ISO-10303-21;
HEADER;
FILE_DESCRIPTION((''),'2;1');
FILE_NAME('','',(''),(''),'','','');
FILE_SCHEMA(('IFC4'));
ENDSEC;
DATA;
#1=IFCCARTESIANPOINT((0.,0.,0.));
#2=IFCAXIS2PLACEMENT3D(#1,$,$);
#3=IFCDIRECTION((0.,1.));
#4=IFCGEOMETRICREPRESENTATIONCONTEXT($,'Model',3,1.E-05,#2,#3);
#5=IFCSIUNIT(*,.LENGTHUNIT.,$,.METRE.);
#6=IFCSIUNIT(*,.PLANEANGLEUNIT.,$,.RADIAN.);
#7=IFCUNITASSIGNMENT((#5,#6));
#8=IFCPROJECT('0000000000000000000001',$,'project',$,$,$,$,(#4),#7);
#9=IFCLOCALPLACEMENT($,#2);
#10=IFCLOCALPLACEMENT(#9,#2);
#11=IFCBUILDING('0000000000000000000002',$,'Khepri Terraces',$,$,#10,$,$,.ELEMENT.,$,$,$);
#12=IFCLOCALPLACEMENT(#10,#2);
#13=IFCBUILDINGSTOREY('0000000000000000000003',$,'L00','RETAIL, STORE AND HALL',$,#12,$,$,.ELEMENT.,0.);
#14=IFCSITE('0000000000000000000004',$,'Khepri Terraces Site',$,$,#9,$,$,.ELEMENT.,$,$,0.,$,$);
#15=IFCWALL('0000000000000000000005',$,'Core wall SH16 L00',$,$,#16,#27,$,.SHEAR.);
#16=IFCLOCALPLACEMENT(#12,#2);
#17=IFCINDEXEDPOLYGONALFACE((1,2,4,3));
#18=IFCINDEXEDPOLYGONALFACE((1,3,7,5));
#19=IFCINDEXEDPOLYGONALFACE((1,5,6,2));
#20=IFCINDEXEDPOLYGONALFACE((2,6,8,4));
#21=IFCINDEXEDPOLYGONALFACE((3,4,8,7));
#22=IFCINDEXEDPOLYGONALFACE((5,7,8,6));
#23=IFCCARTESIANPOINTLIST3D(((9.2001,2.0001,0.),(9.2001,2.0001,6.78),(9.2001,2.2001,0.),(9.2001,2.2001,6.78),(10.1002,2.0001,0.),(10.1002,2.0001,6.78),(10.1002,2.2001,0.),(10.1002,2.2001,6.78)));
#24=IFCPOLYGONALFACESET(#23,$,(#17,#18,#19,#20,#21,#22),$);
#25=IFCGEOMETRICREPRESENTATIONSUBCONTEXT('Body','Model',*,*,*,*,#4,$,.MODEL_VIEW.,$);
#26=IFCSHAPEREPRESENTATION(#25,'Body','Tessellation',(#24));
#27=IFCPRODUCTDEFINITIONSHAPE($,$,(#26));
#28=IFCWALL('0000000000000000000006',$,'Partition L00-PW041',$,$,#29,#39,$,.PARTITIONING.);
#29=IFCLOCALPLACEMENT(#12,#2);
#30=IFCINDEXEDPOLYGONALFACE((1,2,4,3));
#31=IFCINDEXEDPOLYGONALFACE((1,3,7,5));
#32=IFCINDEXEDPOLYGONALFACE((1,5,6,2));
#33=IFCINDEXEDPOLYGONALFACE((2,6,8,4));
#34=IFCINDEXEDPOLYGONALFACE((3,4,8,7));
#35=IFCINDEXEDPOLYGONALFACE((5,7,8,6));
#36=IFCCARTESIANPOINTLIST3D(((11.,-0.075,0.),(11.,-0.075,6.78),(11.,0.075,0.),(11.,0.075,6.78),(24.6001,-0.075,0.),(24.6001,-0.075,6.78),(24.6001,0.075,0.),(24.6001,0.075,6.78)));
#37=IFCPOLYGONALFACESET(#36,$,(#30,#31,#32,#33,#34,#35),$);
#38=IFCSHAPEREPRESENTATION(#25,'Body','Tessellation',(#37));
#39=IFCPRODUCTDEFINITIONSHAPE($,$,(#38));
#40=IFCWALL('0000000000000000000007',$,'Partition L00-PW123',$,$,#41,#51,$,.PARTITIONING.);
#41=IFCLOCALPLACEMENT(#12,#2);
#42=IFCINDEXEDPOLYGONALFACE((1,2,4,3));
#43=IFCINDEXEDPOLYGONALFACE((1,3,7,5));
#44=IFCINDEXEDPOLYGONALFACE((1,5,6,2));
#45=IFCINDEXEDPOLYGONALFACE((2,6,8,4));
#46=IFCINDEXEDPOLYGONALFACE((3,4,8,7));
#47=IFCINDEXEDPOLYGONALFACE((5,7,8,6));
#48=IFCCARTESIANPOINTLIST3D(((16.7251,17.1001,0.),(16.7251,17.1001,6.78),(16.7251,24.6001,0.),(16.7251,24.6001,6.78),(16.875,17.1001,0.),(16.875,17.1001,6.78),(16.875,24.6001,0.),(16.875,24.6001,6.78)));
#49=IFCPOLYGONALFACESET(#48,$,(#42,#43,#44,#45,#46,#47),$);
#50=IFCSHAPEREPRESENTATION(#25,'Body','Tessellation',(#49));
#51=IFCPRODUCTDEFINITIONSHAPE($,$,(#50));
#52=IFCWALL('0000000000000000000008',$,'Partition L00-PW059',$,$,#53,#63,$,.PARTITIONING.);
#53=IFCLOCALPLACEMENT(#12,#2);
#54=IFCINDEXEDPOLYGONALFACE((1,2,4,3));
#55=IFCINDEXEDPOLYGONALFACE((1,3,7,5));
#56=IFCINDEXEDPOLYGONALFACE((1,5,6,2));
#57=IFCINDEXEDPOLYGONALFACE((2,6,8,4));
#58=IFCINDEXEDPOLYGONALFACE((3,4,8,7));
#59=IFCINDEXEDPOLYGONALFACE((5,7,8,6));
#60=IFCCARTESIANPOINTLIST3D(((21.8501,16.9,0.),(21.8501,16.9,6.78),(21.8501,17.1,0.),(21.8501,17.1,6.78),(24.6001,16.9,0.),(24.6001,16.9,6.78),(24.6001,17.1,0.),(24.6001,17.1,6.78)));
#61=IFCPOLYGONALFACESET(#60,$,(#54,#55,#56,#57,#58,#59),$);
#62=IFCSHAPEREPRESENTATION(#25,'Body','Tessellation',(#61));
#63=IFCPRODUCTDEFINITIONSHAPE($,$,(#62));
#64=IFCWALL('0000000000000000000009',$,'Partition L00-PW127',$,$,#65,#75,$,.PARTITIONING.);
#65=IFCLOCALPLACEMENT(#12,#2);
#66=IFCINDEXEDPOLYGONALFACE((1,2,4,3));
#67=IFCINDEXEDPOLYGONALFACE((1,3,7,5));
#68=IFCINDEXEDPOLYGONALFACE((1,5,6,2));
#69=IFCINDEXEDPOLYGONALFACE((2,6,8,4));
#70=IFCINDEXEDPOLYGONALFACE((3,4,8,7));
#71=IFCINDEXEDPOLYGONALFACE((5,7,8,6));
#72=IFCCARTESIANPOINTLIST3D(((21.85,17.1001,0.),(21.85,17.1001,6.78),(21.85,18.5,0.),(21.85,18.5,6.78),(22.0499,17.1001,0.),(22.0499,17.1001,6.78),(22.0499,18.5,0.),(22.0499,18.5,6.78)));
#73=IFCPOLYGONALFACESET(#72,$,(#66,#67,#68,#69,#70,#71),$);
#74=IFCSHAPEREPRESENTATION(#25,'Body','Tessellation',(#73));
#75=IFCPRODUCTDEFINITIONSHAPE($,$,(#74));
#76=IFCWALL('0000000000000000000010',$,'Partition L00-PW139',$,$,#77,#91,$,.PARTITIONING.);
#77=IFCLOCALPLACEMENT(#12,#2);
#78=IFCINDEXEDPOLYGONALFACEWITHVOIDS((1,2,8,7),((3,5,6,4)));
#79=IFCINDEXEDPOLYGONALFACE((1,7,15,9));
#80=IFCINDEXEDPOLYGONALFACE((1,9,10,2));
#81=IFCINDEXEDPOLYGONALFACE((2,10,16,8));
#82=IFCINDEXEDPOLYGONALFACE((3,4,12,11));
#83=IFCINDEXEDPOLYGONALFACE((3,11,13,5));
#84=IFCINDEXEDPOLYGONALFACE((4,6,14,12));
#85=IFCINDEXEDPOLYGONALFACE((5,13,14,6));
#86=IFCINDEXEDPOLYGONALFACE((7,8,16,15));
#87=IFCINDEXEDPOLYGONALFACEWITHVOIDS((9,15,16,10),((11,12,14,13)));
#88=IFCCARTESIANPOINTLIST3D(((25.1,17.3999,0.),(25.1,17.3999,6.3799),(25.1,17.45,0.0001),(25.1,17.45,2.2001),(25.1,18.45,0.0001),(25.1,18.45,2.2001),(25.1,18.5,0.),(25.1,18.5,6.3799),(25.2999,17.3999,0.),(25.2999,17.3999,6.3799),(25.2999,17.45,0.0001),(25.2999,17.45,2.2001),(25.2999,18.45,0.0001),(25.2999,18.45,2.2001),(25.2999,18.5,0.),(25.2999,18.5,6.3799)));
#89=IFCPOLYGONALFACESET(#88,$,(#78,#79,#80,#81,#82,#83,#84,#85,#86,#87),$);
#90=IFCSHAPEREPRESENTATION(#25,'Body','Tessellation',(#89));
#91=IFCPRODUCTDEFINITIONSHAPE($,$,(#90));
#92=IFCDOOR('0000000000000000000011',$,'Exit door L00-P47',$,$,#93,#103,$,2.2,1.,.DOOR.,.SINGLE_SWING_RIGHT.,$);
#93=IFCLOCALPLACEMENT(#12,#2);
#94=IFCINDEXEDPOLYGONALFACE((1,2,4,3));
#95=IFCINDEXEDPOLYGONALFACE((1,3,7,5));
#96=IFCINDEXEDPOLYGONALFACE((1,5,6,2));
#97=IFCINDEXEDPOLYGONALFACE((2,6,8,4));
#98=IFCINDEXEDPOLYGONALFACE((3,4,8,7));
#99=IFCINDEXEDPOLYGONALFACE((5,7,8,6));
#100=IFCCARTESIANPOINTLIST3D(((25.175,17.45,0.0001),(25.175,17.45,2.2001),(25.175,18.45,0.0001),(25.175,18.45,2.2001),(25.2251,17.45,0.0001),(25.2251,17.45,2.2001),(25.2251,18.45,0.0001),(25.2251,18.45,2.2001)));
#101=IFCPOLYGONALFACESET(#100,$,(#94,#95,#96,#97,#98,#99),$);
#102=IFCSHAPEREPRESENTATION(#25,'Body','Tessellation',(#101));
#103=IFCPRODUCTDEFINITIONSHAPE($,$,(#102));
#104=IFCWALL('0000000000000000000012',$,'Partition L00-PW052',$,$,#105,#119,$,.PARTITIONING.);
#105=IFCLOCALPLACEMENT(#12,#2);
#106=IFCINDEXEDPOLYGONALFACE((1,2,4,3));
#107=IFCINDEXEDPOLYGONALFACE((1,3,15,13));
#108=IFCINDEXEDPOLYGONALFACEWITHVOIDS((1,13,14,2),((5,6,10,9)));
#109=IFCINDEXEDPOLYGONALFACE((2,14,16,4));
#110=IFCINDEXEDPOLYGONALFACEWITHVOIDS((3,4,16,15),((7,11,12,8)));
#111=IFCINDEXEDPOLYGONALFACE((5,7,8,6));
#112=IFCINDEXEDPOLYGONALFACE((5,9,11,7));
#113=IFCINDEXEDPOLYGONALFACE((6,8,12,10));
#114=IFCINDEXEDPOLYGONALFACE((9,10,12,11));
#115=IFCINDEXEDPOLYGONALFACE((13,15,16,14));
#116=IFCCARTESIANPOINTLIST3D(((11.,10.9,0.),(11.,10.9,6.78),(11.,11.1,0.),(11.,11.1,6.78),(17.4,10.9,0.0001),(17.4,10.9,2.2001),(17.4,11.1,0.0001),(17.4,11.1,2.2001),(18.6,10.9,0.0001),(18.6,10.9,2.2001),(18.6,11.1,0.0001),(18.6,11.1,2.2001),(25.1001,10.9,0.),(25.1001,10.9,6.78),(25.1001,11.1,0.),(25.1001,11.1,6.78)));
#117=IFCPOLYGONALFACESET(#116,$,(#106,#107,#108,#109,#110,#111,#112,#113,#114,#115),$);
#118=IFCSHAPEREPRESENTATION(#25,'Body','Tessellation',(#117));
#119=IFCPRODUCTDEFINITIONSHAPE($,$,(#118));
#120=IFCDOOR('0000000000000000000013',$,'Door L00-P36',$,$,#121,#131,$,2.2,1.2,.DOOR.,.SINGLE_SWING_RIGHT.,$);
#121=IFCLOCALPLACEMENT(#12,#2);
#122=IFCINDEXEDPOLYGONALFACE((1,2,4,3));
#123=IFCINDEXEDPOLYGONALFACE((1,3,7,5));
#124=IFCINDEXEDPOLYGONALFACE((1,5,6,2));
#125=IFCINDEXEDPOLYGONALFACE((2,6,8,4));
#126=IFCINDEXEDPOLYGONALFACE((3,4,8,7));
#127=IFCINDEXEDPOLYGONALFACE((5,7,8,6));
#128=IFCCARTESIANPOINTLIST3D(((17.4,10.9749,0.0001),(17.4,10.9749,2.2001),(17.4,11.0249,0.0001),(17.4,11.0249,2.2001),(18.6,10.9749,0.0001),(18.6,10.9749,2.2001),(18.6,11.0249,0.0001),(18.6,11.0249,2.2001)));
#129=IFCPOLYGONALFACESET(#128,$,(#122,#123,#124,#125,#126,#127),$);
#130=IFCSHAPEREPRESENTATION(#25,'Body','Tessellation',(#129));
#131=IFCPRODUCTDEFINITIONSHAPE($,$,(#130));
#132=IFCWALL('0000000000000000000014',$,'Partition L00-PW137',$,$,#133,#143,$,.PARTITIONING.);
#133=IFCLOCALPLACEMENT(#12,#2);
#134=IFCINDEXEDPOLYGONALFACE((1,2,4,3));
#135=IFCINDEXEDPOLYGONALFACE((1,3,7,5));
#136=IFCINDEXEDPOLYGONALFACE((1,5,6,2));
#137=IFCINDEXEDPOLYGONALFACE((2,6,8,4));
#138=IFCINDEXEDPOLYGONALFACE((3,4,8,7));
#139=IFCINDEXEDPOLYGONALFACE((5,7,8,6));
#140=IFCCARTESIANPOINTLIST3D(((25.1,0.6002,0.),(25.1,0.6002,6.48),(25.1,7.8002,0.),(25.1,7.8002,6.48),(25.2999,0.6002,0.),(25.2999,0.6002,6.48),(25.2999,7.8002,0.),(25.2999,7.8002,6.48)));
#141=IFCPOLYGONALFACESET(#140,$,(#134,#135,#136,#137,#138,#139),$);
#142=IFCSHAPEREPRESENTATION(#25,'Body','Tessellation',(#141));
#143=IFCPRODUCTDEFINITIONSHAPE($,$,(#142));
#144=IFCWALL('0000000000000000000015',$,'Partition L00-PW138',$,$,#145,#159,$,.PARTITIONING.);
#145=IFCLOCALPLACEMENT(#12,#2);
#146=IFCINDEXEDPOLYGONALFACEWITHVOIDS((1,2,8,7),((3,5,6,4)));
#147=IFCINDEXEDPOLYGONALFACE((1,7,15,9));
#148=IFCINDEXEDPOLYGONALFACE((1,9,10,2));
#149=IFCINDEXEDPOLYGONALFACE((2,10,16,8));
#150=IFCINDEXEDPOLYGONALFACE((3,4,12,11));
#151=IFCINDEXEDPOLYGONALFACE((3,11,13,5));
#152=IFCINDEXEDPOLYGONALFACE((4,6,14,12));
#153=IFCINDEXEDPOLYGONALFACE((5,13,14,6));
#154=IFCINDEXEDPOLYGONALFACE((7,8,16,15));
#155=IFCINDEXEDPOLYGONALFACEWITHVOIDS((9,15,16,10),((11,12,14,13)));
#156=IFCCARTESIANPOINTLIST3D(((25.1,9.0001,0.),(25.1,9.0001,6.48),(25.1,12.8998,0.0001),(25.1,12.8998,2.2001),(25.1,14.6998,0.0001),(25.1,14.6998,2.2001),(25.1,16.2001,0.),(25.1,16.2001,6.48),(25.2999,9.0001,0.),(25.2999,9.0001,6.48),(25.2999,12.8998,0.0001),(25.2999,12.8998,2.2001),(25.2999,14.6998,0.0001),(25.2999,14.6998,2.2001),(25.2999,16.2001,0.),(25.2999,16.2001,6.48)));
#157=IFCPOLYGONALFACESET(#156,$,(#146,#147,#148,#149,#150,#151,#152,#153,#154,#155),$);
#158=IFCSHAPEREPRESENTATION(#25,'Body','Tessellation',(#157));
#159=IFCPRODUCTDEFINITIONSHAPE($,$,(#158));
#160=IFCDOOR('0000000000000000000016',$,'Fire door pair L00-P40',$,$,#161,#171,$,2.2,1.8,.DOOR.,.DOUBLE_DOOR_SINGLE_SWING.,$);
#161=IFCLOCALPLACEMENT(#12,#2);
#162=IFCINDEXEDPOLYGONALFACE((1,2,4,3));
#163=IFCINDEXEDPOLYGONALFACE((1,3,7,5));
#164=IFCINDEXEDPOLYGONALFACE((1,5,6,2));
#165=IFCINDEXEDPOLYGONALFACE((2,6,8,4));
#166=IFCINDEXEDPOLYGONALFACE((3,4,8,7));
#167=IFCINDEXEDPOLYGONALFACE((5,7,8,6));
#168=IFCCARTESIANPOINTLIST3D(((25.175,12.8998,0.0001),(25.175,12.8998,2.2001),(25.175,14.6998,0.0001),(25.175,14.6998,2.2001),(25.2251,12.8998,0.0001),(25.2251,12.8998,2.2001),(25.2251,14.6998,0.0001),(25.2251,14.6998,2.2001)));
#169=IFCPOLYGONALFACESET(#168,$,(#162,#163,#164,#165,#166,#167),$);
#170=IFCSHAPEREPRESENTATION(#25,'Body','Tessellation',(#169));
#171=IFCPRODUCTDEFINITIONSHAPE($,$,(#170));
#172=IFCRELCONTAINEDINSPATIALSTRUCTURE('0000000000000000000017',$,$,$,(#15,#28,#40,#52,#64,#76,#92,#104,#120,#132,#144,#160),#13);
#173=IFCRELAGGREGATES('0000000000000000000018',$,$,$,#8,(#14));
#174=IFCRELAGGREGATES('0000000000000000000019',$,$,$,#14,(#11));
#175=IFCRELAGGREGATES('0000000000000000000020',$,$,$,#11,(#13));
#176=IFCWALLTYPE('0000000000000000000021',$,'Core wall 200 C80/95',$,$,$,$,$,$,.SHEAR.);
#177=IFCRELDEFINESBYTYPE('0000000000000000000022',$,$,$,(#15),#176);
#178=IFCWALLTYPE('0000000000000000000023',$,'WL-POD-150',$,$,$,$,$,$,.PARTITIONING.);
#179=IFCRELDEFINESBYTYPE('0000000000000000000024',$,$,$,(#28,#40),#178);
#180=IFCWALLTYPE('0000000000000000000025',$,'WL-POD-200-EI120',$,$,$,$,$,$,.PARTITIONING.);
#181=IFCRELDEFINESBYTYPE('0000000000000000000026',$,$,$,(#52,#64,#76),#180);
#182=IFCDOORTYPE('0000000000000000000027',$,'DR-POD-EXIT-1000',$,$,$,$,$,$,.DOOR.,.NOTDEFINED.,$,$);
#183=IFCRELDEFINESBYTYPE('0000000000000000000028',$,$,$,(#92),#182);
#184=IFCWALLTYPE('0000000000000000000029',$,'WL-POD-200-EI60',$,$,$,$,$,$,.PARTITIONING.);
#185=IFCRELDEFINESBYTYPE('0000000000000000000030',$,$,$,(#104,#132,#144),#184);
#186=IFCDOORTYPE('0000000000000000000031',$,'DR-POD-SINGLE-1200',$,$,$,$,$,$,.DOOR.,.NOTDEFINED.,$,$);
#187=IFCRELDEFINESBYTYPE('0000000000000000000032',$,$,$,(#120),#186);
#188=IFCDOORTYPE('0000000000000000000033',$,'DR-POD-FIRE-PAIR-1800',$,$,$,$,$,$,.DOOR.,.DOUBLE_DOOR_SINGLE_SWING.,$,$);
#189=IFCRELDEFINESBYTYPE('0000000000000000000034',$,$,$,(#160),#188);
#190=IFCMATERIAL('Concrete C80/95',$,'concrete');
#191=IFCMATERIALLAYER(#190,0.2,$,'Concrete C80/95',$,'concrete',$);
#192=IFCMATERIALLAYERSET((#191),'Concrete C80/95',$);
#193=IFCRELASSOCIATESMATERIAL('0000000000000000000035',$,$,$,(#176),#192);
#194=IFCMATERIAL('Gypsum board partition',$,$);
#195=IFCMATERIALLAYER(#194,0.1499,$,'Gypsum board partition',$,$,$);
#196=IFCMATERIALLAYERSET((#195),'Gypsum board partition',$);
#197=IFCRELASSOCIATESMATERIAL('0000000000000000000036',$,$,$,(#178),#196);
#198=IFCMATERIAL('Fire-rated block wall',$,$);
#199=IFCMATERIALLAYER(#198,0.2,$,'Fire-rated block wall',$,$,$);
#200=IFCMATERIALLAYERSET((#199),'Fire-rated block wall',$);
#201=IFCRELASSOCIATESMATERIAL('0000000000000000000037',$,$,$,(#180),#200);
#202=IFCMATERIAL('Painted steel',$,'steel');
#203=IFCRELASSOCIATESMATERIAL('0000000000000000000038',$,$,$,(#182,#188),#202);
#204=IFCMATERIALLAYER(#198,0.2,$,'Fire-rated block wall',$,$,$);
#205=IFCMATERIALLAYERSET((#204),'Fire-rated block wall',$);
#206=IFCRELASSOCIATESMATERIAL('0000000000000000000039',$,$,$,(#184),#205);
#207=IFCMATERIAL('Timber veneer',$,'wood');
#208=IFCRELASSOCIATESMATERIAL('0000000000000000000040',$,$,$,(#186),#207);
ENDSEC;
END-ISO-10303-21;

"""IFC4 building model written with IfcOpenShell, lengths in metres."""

from ifc_helpers import new_model, si_unit, direction, frame, frame_2d, origin, place, context, subcontext, project, spatial, rectangle, extrude, material, layer, layer_set, type_object, element, fill, save


model = new_model("IFC4")

# Units and contexts
model_context = context("Model", 3, precision=1e-05, world=origin(), true_north=direction((0.0, 1.0)))
body_context = subcontext(model_context, "Body", "Model", "MODEL_VIEW")
ifc_project = project(units=[si_unit("LENGTHUNIT", "METRE"), si_unit("PLANEANGLEUNIT", "RADIAN")], contexts=[model_context])

# Site, building, storey
site_placement = place(None, origin())
site = spatial("IfcSite", under=ifc_project, at=site_placement, Name="Khepri Terraces Site", CompositionType="ELEMENT", RefElevation=0.0)
building_placement = place(site_placement, origin())
building = spatial("IfcBuilding", under=site, at=building_placement, Name="Khepri Terraces", CompositionType="ELEMENT")
storey_placement = place(building_placement, origin())
storey = spatial("IfcBuildingStorey", under=building, at=storey_placement, Name="L00", Description="RETAIL, STORE AND HALL", CompositionType="ELEMENT", Elevation=0.0)

# Shared definitions
ifc_material_1 = material(Name="Concrete C80/95", Category="concrete")

# Walls
ifc_layer_1 = layer(ifc_material_1, 0.2, Name="Concrete C80/95", Category="concrete")
ifc_layer_set_1 = layer_set([ifc_layer_1], Name="Concrete C80/95")
wall_type_1 = type_object("IfcWallType", Name="Core wall 200 C80/95", PredefinedType="SHEAR", material=ifc_layer_set_1)
wall_1_placement = place(storey_placement, frame((9.2, 2.1001, 0.0), z_axis=(0.0, 0.0, 1.0), x_axis=(1.0, 0.0, 0.0)))
element("IfcWall", 1, at=wall_1_placement, inside=storey, type_object=wall_type_1, Name="Core wall SH16 L00", PredefinedType="SHEAR", context=body_context, shape_type="SweptSolid", body=[
    extrude(rectangle(XDim=0.9001, YDim=0.2, at=frame_2d((0.4502, 0.0))), origin(), (0.0, 0.0, 1.0), 6.78),
])
ifc_material_2 = material(Name="Gypsum board partition")
ifc_layer_2 = layer(ifc_material_2, 0.1499, Name="Gypsum board partition")
ifc_layer_set_2 = layer_set([ifc_layer_2], Name="Gypsum board partition")
wall_type_2 = type_object("IfcWallType", Name="WL-POD-150", PredefinedType="PARTITIONING", material=ifc_layer_set_2)
wall_2_placement = place(storey_placement, frame((11.0, 0.0, 0.0), z_axis=(0.0, 0.0, 1.0), x_axis=(1.0, 0.0, 0.0)))
element("IfcWall", 2, at=wall_2_placement, inside=storey, type_object=wall_type_2, Name="Partition L00-PW041", PredefinedType="PARTITIONING", context=body_context, shape_type="SweptSolid", body=[
    extrude(rectangle(XDim=13.6001, YDim=0.1499, at=frame_2d((6.8, 0.0))), origin(), (0.0, 0.0, 1.0), 6.78),
])
wall_3_placement = place(storey_placement, frame((16.8, 17.1001, 0.0), z_axis=(0.0, 0.0, 1.0), x_axis=(0.0, 1.0, 0.0)))
element("IfcWall", 3, at=wall_3_placement, inside=storey, type_object=wall_type_2, Name="Partition L00-PW123", PredefinedType="PARTITIONING", context=body_context, shape_type="SweptSolid", body=[
    extrude(rectangle(XDim=7.5, YDim=0.1499, at=frame_2d((3.75, 0.0))), origin(), (0.0, 0.0, 1.0), 6.78),
])
ifc_material_3 = material(Name="Fire-rated block wall")
ifc_layer_3 = layer(ifc_material_3, 0.2, Name="Fire-rated block wall")
ifc_layer_set_3 = layer_set([ifc_layer_3], Name="Fire-rated block wall")
wall_type_3 = type_object("IfcWallType", Name="WL-POD-200-EI120", PredefinedType="PARTITIONING", material=ifc_layer_set_3)
wall_4_placement = place(storey_placement, frame((21.8501, 17.0, 0.0), z_axis=(0.0, 0.0, 1.0), x_axis=(1.0, 0.0, 0.0)))
element("IfcWall", 4, at=wall_4_placement, inside=storey, type_object=wall_type_3, Name="Partition L00-PW059", PredefinedType="PARTITIONING", context=body_context, shape_type="SweptSolid", body=[
    extrude(rectangle(XDim=2.75, YDim=0.2, at=frame_2d((1.375, 0.0))), origin(), (0.0, 0.0, 1.0), 6.78),
])
wall_5_placement = place(storey_placement, frame((21.95, 17.1001, 0.0), z_axis=(0.0, 0.0, 1.0), x_axis=(0.0, 1.0, 0.0)))
element("IfcWall", 5, at=wall_5_placement, inside=storey, type_object=wall_type_3, Name="Partition L00-PW127", PredefinedType="PARTITIONING", context=body_context, shape_type="SweptSolid", body=[
    extrude(rectangle(XDim=1.3999, YDim=0.2, at=frame_2d((0.7, 0.0))), origin(), (0.0, 0.0, 1.0), 6.78),
])

# Walls, openings, doors
wall_6_placement = place(storey_placement, frame((25.2, 17.3999, 0.0), z_axis=(0.0, 0.0, 1.0), x_axis=(0.0, 1.0, 0.0)))
wall_6 = element("IfcWall", 6, at=wall_6_placement, inside=storey, type_object=wall_type_3, Name="Partition L00-PW139", PredefinedType="PARTITIONING", context=body_context, shape_type="SweptSolid", body=[
    extrude(rectangle(XDim=1.1001, YDim=0.2, at=frame_2d((0.55, 0.0))), origin(), (0.0, 0.0, 1.0), 6.3799),
])
opening_1_placement = place(wall_6_placement, frame((0.05, 0.0, 0.0)))
opening_1 = element("IfcOpeningElement", 7, at=opening_1_placement, cuts=wall_6, PredefinedType="OPENING", context=body_context, shape_type="SweptSolid", body=[
    extrude(rectangle(XDim=1.0, YDim=2.2, at=frame_2d((0.5, 1.1001))), frame((0.0, 0.1099, 0.0), z_axis=(0.0, -1.0, 0.0), x_axis=(1.0, 0.0, 0.0)), (0.0, 0.0, 1.0), 0.22),
])
ifc_material_4 = material(Name="Painted steel", Category="steel")
door_type_1 = type_object("IfcDoorType", Name="DR-POD-EXIT-1000", OperationType="NOTDEFINED", PredefinedType="DOOR", material=ifc_material_4)
door_1_placement = place(opening_1_placement, origin())
door_1 = element("IfcDoor", 8, at=door_1_placement, inside=storey, type_object=door_type_1, Name="Exit door L00-P47", OperationType="SINGLE_SWING_RIGHT", OverallHeight=2.2, OverallWidth=1.0, PredefinedType="DOOR", context=body_context, shape_type="SweptSolid", body=[
    extrude(rectangle(XDim=1.0, YDim=2.2, at=frame_2d((0.5, 1.1001))), frame((0.0, 0.0249, 0.0), z_axis=(0.0, -1.0, 0.0), x_axis=(1.0, 0.0, 0.0)), (0.0, 0.0, 1.0), 0.05),
])
fill(opening_1, door_1)
ifc_layer_4 = layer(ifc_material_3, 0.2, Name="Fire-rated block wall")
ifc_layer_set_4 = layer_set([ifc_layer_4], Name="Fire-rated block wall")
wall_type_4 = type_object("IfcWallType", Name="WL-POD-200-EI60", PredefinedType="PARTITIONING", material=ifc_layer_set_4)
wall_7_placement = place(storey_placement, frame((11.0, 11.0, 0.0), z_axis=(0.0, 0.0, 1.0), x_axis=(1.0, 0.0, 0.0)))
wall_7 = element("IfcWall", 9, at=wall_7_placement, inside=storey, type_object=wall_type_4, Name="Partition L00-PW052", PredefinedType="PARTITIONING", context=body_context, shape_type="SweptSolid", body=[
    extrude(rectangle(XDim=14.1001, YDim=0.2, at=frame_2d((7.05, 0.0))), origin(), (0.0, 0.0, 1.0), 6.78),
])
opening_2_placement = place(wall_7_placement, frame((6.3999, 0.0, 0.0)))
opening_2 = element("IfcOpeningElement", 10, at=opening_2_placement, cuts=wall_7, PredefinedType="OPENING", context=body_context, shape_type="SweptSolid", body=[
    extrude(rectangle(XDim=1.2, YDim=2.2, at=frame_2d((0.6001, 1.1001))), frame((0.0, 0.1099, 0.0), z_axis=(0.0, -1.0, 0.0), x_axis=(1.0, 0.0, 0.0)), (0.0, 0.0, 1.0), 0.22),
])
ifc_material_5 = material(Name="Timber veneer", Category="wood")
door_type_2 = type_object("IfcDoorType", Name="DR-POD-SINGLE-1200", OperationType="NOTDEFINED", PredefinedType="DOOR", material=ifc_material_5)
door_2_placement = place(opening_2_placement, origin())
door_2 = element("IfcDoor", 11, at=door_2_placement, inside=storey, type_object=door_type_2, Name="Door L00-P36", OperationType="SINGLE_SWING_RIGHT", OverallHeight=2.2, OverallWidth=1.2, PredefinedType="DOOR", context=body_context, shape_type="SweptSolid", body=[
    extrude(rectangle(XDim=1.2, YDim=2.2, at=frame_2d((0.6001, 1.1001))), frame((0.0, 0.0249, 0.0), z_axis=(0.0, -1.0, 0.0), x_axis=(1.0, 0.0, 0.0)), (0.0, 0.0, 1.0), 0.05),
])
fill(opening_2, door_2)

# Wall
wall_8_placement = place(storey_placement, frame((25.2, 0.6001, 0.0), z_axis=(0.0, 0.0, 1.0), x_axis=(0.0, 1.0, 0.0)))
element("IfcWall", 12, at=wall_8_placement, inside=storey, type_object=wall_type_4, Name="Partition L00-PW137", PredefinedType="PARTITIONING", context=body_context, shape_type="SweptSolid", body=[
    extrude(rectangle(XDim=7.2, YDim=0.2, at=frame_2d((3.6001, 0.0))), origin(), (0.0, 0.0, 1.0), 6.48),
])

# Wall, opening, door
wall_9_placement = place(storey_placement, frame((25.2, 9.0, 0.0), z_axis=(0.0, 0.0, 1.0), x_axis=(0.0, 1.0, 0.0)))
wall_9 = element("IfcWall", 13, at=wall_9_placement, inside=storey, type_object=wall_type_4, Name="Partition L00-PW138", PredefinedType="PARTITIONING", context=body_context, shape_type="SweptSolid", body=[
    extrude(rectangle(XDim=7.2, YDim=0.2, at=frame_2d((3.6001, 0.0))), origin(), (0.0, 0.0, 1.0), 6.48),
])
opening_3_placement = place(wall_9_placement, frame((3.8999, 0.0, 0.0)))
opening_3 = element("IfcOpeningElement", 14, at=opening_3_placement, cuts=wall_9, PredefinedType="OPENING", context=body_context, shape_type="SweptSolid", body=[
    extrude(rectangle(XDim=1.8, YDim=2.2, at=frame_2d((0.8999, 1.1001))), frame((0.0, 0.1099, 0.0), z_axis=(0.0, -1.0, 0.0), x_axis=(1.0, 0.0, 0.0)), (0.0, 0.0, 1.0), 0.22),
])
door_type_3 = type_object("IfcDoorType", Name="DR-POD-FIRE-PAIR-1800", OperationType="DOUBLE_DOOR_SINGLE_SWING", PredefinedType="DOOR", material=ifc_material_4)
door_3_placement = place(opening_3_placement, origin())
door_3 = element("IfcDoor", 15, at=door_3_placement, inside=storey, type_object=door_type_3, Name="Fire door pair L00-P40", OperationType="DOUBLE_DOOR_SINGLE_SWING", OverallHeight=2.2, OverallWidth=1.8, PredefinedType="DOOR", context=body_context, shape_type="SweptSolid", body=[
    extrude(rectangle(XDim=1.8, YDim=2.2, at=frame_2d((0.8999, 1.1001))), frame((0.0, 0.0249, 0.0), z_axis=(0.0, -1.0, 0.0), x_axis=(1.0, 0.0, 0.0)), (0.0, 0.0, 1.0), 0.05),
])
fill(opening_3, door_3)

save(model, "model.ifc")
